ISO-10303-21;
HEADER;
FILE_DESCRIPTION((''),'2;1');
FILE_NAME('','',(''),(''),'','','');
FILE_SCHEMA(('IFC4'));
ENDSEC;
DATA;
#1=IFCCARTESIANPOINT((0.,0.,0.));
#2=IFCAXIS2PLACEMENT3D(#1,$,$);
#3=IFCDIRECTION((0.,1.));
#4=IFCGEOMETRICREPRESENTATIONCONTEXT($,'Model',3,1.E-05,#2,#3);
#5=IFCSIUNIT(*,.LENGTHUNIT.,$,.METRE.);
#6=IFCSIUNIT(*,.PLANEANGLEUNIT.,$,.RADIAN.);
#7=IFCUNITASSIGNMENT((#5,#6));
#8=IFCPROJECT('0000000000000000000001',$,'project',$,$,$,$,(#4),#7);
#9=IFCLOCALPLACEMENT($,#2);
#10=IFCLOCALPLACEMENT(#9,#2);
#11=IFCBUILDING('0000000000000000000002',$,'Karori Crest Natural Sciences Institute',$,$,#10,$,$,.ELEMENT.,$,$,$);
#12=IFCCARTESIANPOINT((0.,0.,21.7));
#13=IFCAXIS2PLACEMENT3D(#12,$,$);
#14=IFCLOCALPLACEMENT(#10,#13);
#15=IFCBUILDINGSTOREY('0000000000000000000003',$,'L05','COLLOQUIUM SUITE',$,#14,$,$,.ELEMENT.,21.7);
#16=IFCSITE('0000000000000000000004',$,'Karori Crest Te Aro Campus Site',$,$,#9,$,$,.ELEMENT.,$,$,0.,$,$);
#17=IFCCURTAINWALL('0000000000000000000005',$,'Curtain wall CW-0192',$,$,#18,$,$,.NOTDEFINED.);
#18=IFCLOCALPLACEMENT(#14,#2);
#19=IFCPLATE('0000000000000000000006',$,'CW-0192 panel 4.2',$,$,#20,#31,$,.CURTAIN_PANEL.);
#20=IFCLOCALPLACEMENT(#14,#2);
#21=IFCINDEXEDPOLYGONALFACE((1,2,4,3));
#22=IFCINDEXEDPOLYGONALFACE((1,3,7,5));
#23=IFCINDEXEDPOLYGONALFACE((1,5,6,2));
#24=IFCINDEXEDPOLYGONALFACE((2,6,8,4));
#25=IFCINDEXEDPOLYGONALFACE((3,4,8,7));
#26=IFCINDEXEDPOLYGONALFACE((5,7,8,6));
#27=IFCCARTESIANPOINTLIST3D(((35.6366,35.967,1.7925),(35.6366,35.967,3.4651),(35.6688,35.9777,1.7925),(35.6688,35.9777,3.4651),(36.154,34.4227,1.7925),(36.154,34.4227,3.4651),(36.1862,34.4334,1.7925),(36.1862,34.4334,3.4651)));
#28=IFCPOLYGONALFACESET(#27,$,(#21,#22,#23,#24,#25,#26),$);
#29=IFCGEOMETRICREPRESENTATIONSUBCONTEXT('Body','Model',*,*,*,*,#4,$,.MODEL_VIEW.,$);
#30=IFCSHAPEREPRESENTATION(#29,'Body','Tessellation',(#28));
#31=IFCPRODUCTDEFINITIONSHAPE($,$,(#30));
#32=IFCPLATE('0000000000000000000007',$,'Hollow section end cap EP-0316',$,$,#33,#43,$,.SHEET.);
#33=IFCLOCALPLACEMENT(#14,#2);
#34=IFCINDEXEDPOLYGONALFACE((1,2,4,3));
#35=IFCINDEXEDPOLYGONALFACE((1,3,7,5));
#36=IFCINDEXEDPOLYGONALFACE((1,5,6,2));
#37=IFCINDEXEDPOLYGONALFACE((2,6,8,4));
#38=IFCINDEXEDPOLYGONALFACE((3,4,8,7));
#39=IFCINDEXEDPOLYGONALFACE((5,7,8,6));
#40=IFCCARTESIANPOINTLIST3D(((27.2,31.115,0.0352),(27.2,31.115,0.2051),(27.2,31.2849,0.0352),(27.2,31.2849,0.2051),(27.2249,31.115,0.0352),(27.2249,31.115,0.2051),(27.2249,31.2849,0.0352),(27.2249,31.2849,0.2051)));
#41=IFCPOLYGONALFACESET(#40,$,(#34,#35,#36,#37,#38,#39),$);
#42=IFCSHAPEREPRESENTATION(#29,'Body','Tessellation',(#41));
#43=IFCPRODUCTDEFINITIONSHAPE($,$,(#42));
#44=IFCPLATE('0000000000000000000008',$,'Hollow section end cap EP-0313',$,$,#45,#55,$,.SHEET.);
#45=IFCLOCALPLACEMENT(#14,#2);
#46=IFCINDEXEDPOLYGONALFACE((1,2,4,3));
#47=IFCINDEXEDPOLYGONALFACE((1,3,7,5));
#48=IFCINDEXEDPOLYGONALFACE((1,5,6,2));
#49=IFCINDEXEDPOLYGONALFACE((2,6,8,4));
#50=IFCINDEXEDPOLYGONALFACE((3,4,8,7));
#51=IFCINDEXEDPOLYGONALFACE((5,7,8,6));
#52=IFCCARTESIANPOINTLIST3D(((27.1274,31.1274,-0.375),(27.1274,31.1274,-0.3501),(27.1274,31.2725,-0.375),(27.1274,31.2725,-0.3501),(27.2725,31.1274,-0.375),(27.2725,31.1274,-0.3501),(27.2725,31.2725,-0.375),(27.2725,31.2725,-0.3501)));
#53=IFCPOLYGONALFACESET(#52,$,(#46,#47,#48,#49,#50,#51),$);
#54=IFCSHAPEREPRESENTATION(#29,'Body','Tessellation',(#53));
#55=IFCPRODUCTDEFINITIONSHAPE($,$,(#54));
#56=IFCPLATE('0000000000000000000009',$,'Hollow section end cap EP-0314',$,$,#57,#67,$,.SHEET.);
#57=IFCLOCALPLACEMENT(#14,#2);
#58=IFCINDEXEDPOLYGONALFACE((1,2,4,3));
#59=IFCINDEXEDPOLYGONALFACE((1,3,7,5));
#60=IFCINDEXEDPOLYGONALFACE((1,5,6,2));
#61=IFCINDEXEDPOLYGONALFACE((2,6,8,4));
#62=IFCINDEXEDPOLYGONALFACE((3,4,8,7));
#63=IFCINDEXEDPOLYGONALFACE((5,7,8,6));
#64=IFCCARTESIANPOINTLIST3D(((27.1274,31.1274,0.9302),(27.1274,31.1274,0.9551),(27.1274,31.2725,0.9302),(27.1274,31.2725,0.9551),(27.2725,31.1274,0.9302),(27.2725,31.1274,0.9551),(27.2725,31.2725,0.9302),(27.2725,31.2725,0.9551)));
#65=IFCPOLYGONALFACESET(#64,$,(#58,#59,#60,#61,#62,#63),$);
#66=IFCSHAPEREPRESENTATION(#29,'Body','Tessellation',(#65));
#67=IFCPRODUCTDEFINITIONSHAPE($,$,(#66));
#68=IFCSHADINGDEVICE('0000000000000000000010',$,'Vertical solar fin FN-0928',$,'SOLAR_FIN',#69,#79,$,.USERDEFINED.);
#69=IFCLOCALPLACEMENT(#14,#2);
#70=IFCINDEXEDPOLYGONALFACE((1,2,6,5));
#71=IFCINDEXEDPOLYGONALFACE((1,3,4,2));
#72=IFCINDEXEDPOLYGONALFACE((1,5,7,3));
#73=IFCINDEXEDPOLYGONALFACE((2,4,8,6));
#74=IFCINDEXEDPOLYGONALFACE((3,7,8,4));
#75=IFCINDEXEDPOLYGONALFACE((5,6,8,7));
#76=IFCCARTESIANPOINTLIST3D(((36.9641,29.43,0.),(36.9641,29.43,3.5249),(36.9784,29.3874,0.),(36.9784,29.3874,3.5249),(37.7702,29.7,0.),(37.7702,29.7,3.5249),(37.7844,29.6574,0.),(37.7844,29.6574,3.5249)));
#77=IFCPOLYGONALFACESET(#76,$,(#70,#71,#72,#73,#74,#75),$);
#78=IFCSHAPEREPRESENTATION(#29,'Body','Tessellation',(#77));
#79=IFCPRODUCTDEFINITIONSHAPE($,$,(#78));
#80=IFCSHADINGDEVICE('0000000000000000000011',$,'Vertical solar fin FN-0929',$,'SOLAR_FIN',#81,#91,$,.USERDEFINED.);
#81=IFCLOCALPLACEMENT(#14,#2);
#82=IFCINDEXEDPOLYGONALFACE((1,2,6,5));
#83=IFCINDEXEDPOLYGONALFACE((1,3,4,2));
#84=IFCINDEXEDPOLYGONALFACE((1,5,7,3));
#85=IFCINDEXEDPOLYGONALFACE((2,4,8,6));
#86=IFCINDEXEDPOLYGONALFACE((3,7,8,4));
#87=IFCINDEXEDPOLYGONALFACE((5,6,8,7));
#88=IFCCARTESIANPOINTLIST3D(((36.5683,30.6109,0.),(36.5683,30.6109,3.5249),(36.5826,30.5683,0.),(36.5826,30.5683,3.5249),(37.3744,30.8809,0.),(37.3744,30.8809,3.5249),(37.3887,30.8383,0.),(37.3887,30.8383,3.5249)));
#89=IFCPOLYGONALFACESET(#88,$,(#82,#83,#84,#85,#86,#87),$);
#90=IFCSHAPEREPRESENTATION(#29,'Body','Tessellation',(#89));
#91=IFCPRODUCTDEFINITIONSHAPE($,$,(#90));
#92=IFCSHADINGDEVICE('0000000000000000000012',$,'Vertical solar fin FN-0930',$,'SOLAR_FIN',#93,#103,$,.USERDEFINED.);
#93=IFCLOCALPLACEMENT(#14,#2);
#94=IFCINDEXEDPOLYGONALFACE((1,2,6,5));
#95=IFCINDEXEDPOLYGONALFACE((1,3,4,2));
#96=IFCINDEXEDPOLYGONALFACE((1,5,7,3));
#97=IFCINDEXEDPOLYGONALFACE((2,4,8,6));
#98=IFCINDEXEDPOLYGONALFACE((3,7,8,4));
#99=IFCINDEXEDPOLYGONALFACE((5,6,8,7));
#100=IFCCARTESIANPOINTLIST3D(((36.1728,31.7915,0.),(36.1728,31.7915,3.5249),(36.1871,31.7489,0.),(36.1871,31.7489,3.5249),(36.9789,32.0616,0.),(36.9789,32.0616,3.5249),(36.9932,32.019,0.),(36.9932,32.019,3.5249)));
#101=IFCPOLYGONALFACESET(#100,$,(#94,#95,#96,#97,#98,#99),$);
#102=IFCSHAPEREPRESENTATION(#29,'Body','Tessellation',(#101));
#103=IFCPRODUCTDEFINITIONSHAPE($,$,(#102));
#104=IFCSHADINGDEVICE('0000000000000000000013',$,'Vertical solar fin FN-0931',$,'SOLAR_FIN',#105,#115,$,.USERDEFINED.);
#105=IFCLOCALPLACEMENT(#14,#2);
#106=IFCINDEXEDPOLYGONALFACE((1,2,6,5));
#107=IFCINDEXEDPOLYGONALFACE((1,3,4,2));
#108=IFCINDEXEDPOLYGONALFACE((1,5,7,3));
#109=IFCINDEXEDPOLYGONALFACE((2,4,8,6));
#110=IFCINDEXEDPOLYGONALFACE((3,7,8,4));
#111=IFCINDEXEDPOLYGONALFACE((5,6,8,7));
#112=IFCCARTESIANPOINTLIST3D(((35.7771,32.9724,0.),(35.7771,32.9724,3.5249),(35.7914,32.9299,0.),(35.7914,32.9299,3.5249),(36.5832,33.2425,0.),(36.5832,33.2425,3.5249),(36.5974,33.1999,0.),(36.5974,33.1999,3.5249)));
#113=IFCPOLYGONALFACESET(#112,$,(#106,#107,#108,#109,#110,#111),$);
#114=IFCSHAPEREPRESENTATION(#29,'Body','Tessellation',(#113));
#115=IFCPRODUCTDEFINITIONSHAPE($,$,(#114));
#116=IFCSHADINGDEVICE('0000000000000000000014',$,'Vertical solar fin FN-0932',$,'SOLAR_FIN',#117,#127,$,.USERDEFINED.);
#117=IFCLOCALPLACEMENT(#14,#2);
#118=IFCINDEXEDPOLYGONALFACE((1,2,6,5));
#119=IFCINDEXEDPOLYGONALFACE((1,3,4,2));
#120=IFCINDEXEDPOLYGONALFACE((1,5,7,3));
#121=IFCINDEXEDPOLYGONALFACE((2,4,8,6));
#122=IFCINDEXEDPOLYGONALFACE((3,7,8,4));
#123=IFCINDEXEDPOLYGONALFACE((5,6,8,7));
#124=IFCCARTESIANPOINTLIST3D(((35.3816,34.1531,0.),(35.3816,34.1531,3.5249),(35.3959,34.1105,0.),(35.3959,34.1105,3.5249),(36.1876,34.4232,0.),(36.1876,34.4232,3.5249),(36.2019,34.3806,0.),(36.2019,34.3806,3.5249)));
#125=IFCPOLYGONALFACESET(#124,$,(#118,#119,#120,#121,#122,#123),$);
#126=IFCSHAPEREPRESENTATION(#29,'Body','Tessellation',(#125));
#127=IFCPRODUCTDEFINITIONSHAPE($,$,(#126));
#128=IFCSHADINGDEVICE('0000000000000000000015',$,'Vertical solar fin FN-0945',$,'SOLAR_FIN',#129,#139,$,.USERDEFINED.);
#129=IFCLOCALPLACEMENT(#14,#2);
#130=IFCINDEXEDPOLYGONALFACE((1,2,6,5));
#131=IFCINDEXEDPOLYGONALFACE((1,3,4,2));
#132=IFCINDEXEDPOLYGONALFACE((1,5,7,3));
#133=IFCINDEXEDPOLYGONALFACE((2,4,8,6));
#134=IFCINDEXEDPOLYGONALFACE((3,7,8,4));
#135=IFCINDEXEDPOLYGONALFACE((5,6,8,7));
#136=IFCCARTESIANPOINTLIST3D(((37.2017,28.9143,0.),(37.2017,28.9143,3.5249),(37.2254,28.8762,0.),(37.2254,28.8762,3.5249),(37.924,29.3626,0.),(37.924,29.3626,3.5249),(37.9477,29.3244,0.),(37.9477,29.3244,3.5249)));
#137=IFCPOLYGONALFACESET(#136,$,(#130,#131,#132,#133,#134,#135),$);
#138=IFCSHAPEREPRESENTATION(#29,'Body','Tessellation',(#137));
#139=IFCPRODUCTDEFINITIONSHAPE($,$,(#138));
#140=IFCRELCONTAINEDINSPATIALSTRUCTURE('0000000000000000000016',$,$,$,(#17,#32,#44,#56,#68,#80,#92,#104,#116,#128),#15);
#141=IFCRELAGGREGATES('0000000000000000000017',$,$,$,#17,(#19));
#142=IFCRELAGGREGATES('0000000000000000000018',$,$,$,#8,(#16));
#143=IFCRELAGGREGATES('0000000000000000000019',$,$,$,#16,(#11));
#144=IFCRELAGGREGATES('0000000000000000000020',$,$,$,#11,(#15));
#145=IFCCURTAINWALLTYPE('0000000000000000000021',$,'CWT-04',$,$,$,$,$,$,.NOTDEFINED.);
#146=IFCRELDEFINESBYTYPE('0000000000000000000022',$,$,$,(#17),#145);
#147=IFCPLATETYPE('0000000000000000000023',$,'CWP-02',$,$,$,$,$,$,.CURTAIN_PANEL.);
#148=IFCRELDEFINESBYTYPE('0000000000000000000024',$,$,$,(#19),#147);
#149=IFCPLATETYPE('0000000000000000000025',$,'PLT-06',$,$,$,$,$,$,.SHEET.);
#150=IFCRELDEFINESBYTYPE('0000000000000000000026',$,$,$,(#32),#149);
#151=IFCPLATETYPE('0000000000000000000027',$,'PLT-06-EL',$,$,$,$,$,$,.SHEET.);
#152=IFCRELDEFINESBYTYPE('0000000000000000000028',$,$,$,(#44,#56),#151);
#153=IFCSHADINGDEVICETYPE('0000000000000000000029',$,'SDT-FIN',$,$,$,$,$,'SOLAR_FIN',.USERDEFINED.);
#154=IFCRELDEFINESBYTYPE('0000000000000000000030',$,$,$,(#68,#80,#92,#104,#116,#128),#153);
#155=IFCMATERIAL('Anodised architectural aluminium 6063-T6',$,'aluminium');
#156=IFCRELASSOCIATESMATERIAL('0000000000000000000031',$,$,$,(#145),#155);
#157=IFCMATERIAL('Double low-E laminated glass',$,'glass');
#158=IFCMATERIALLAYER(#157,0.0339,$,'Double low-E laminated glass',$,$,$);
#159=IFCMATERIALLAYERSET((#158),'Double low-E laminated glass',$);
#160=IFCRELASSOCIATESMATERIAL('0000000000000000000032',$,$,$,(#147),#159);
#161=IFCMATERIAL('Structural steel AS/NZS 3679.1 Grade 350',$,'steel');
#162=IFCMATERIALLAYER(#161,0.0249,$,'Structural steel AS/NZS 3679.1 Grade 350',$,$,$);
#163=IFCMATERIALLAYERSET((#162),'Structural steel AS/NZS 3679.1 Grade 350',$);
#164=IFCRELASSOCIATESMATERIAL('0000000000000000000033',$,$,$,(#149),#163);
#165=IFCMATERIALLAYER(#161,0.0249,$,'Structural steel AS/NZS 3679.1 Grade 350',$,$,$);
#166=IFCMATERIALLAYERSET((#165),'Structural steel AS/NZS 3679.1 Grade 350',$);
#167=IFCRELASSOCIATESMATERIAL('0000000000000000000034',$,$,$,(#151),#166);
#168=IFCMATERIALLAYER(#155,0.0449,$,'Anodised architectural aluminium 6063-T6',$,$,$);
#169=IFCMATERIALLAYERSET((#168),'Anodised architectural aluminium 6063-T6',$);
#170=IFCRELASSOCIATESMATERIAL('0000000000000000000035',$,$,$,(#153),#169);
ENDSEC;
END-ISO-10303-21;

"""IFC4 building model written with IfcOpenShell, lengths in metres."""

from ifc_helpers import new_model, si_unit, direction, frame, origin, origin_2d, place, context, subcontext, project, spatial, rectangle, extrude, material, layer, layer_set, type_object, element, aggregate, save


model = new_model("IFC4")

# Units and contexts
model_context = context("Model", 3, precision=1e-05, world=origin(), true_north=direction((0.0, 1.0)))
body_context = subcontext(model_context, "Body", "Model", "MODEL_VIEW")
ifc_project = project(units=[si_unit("LENGTHUNIT", "METRE"), si_unit("PLANEANGLEUNIT", "RADIAN")], contexts=[model_context])

# Site, building, storey
site_placement = place(None, origin())
site = spatial("IfcSite", under=ifc_project, at=site_placement, Name="Karori Crest Te Aro Campus Site", CompositionType="ELEMENT", RefElevation=0.0)
building_placement = place(site_placement, origin())
building = spatial("IfcBuilding", under=site, at=building_placement, Name="Karori Crest Natural Sciences Institute", CompositionType="ELEMENT")
storey_placement = place(building_placement, frame((0.0, 0.0, 21.7)))
storey = spatial("IfcBuildingStorey", under=building, at=storey_placement, Name="L05", Description="COLLOQUIUM SUITE", CompositionType="ELEMENT", Elevation=21.7)

# Curtain wall
ifc_material_1 = material(Name="Anodised architectural aluminium 6063-T6", Category="aluminium")
curtain_wall_type = type_object("IfcCurtainWallType", Name="CWT-04", PredefinedType="NOTDEFINED", material=ifc_material_1)
curtain_wall_placement = place(storey_placement, origin())
curtain_wall = element("IfcCurtainWall", 1, at=curtain_wall_placement, inside=storey, type_object=curtain_wall_type, Name="Curtain wall CW-0192", PredefinedType="NOTDEFINED")

# Plate
ifc_material_2 = material(Name="Double low-E laminated glass", Category="glass")
ifc_layer_1 = layer(ifc_material_2, 0.0339, Name="Double low-E laminated glass")
ifc_layer_set_1 = layer_set([ifc_layer_1], Name="Double low-E laminated glass")
plate_type_1 = type_object("IfcPlateType", Name="CWP-02", PredefinedType="CURTAIN_PANEL", material=ifc_layer_set_1)
plate_1_placement = place(storey_placement, frame((35.9114, 35.2002, 1.7925), z_axis=(0.0, 0.0, 1.0), x_axis=(-0.31768, 0.948198, 0.0)))
plate_1 = element("IfcPlate", 2, at=plate_1_placement, type_object=plate_type_1, Name="CW-0192 panel 4.2", PredefinedType="CURTAIN_PANEL", context=body_context, shape_type="SweptSolid", body=[
    extrude(rectangle(XDim=1.6287, YDim=0.0339, at=origin_2d()), origin(), (0.0, 0.0, 1.0), 1.6726),
])
aggregate(curtain_wall, [plate_1])

# Plates
ifc_material_3 = material(Name="Structural steel AS/NZS 3679.1 Grade 350", Category="steel")
ifc_layer_2 = layer(ifc_material_3, 0.0249, Name="Structural steel AS/NZS 3679.1 Grade 350")
ifc_layer_set_2 = layer_set([ifc_layer_2], Name="Structural steel AS/NZS 3679.1 Grade 350")
plate_type_2 = type_object("IfcPlateType", Name="PLT-06", PredefinedType="SHEET", material=ifc_layer_set_2)
plate_2_placement = place(storey_placement, frame((27.2124, 31.2, 0.0352), z_axis=(0.0, 0.0, 1.0), x_axis=(1.0, 0.0, 0.0)))
element("IfcPlate", 3, at=plate_2_placement, inside=storey, type_object=plate_type_2, Name="Hollow section end cap EP-0316", PredefinedType="SHEET", context=body_context, shape_type="SweptSolid", body=[
    extrude(rectangle(XDim=0.0249, YDim=0.1699, at=origin_2d()), origin(), (0.0, 0.0, 1.0), 0.1699),
])
ifc_layer_3 = layer(ifc_material_3, 0.0249, Name="Structural steel AS/NZS 3679.1 Grade 350")
ifc_layer_set_3 = layer_set([ifc_layer_3], Name="Structural steel AS/NZS 3679.1 Grade 350")
plate_type_3 = type_object("IfcPlateType", Name="PLT-06-EL", PredefinedType="SHEET", material=ifc_layer_set_3)
for number, where, z_axis, x_axis, name in (
    (4, (27.2, 31.2, -0.375), (0.0, 0.0, 1.0), (1.0, 0.0, 0.0), "Hollow section end cap EP-0313"),
    (5, (27.2, 31.2, 0.9302), (0.0, 0.0, 1.0), (1.0, 0.0, 0.0), "Hollow section end cap EP-0314"),
):
    element("IfcPlate", number, at=place(storey_placement, frame(where, z_axis=z_axis, x_axis=x_axis)), inside=storey, type_object=plate_type_3, Name=name, PredefinedType="SHEET", context=body_context, shape_type="SweptSolid", body=[
        extrude(rectangle(XDim=0.145, YDim=0.145, at=origin_2d()), origin(), (0.0, 0.0, 1.0), 0.0249),
    ])

# Shading devices
ifc_layer_4 = layer(ifc_material_1, 0.0449, Name="Anodised architectural aluminium 6063-T6")
ifc_layer_set_4 = layer_set([ifc_layer_4], Name="Anodised architectural aluminium 6063-T6")
shading_device_type = type_object("IfcShadingDeviceType", Name="SDT-FIN", ElementType="SOLAR_FIN", PredefinedType="USERDEFINED", material=ifc_layer_set_4)
for number, where, z_axis, x_axis, name in (
    (6, (37.3743, 29.5437, 0.0), (0.0, 0.0, 1.0), (-0.948198, -0.31768, 0.0), "Vertical solar fin FN-0928"),
    (7, (36.9785, 30.7246, 0.0), (0.0, 0.0, 1.0), (-0.948198, -0.31768, 0.0), "Vertical solar fin FN-0929"),
    (8, (36.583, 31.9053, 0.0), (0.0, 0.0, 1.0), (-0.948198, -0.31768, 0.0), "Vertical solar fin FN-0930"),
    (9, (36.1873, 33.0862, 0.0), (0.0, 0.0, 1.0), (-0.948198, -0.31768, 0.0), "Vertical solar fin FN-0931"),
    (10, (35.7917, 34.2668, 0.0), (0.0, 0.0, 1.0), (-0.948198, -0.31768, 0.0), "Vertical solar fin FN-0932"),
    (11, (37.5747, 29.1194, 0.0), (0.0, 0.0, 1.0), (-0.849662, -0.527328, 0.0), "Vertical solar fin FN-0945"),
):
    element("IfcShadingDevice", number, at=place(storey_placement, frame(where, z_axis=z_axis, x_axis=x_axis)), inside=storey, type_object=shading_device_type, Name=name, ObjectType="SOLAR_FIN", PredefinedType="USERDEFINED", context=body_context, shape_type="SweptSolid", body=[
        extrude(rectangle(XDim=0.8501, YDim=0.0449, at=origin_2d()), origin(), (0.0, 0.0, 1.0), 3.5249),
    ])

save(model, "model.ifc")
